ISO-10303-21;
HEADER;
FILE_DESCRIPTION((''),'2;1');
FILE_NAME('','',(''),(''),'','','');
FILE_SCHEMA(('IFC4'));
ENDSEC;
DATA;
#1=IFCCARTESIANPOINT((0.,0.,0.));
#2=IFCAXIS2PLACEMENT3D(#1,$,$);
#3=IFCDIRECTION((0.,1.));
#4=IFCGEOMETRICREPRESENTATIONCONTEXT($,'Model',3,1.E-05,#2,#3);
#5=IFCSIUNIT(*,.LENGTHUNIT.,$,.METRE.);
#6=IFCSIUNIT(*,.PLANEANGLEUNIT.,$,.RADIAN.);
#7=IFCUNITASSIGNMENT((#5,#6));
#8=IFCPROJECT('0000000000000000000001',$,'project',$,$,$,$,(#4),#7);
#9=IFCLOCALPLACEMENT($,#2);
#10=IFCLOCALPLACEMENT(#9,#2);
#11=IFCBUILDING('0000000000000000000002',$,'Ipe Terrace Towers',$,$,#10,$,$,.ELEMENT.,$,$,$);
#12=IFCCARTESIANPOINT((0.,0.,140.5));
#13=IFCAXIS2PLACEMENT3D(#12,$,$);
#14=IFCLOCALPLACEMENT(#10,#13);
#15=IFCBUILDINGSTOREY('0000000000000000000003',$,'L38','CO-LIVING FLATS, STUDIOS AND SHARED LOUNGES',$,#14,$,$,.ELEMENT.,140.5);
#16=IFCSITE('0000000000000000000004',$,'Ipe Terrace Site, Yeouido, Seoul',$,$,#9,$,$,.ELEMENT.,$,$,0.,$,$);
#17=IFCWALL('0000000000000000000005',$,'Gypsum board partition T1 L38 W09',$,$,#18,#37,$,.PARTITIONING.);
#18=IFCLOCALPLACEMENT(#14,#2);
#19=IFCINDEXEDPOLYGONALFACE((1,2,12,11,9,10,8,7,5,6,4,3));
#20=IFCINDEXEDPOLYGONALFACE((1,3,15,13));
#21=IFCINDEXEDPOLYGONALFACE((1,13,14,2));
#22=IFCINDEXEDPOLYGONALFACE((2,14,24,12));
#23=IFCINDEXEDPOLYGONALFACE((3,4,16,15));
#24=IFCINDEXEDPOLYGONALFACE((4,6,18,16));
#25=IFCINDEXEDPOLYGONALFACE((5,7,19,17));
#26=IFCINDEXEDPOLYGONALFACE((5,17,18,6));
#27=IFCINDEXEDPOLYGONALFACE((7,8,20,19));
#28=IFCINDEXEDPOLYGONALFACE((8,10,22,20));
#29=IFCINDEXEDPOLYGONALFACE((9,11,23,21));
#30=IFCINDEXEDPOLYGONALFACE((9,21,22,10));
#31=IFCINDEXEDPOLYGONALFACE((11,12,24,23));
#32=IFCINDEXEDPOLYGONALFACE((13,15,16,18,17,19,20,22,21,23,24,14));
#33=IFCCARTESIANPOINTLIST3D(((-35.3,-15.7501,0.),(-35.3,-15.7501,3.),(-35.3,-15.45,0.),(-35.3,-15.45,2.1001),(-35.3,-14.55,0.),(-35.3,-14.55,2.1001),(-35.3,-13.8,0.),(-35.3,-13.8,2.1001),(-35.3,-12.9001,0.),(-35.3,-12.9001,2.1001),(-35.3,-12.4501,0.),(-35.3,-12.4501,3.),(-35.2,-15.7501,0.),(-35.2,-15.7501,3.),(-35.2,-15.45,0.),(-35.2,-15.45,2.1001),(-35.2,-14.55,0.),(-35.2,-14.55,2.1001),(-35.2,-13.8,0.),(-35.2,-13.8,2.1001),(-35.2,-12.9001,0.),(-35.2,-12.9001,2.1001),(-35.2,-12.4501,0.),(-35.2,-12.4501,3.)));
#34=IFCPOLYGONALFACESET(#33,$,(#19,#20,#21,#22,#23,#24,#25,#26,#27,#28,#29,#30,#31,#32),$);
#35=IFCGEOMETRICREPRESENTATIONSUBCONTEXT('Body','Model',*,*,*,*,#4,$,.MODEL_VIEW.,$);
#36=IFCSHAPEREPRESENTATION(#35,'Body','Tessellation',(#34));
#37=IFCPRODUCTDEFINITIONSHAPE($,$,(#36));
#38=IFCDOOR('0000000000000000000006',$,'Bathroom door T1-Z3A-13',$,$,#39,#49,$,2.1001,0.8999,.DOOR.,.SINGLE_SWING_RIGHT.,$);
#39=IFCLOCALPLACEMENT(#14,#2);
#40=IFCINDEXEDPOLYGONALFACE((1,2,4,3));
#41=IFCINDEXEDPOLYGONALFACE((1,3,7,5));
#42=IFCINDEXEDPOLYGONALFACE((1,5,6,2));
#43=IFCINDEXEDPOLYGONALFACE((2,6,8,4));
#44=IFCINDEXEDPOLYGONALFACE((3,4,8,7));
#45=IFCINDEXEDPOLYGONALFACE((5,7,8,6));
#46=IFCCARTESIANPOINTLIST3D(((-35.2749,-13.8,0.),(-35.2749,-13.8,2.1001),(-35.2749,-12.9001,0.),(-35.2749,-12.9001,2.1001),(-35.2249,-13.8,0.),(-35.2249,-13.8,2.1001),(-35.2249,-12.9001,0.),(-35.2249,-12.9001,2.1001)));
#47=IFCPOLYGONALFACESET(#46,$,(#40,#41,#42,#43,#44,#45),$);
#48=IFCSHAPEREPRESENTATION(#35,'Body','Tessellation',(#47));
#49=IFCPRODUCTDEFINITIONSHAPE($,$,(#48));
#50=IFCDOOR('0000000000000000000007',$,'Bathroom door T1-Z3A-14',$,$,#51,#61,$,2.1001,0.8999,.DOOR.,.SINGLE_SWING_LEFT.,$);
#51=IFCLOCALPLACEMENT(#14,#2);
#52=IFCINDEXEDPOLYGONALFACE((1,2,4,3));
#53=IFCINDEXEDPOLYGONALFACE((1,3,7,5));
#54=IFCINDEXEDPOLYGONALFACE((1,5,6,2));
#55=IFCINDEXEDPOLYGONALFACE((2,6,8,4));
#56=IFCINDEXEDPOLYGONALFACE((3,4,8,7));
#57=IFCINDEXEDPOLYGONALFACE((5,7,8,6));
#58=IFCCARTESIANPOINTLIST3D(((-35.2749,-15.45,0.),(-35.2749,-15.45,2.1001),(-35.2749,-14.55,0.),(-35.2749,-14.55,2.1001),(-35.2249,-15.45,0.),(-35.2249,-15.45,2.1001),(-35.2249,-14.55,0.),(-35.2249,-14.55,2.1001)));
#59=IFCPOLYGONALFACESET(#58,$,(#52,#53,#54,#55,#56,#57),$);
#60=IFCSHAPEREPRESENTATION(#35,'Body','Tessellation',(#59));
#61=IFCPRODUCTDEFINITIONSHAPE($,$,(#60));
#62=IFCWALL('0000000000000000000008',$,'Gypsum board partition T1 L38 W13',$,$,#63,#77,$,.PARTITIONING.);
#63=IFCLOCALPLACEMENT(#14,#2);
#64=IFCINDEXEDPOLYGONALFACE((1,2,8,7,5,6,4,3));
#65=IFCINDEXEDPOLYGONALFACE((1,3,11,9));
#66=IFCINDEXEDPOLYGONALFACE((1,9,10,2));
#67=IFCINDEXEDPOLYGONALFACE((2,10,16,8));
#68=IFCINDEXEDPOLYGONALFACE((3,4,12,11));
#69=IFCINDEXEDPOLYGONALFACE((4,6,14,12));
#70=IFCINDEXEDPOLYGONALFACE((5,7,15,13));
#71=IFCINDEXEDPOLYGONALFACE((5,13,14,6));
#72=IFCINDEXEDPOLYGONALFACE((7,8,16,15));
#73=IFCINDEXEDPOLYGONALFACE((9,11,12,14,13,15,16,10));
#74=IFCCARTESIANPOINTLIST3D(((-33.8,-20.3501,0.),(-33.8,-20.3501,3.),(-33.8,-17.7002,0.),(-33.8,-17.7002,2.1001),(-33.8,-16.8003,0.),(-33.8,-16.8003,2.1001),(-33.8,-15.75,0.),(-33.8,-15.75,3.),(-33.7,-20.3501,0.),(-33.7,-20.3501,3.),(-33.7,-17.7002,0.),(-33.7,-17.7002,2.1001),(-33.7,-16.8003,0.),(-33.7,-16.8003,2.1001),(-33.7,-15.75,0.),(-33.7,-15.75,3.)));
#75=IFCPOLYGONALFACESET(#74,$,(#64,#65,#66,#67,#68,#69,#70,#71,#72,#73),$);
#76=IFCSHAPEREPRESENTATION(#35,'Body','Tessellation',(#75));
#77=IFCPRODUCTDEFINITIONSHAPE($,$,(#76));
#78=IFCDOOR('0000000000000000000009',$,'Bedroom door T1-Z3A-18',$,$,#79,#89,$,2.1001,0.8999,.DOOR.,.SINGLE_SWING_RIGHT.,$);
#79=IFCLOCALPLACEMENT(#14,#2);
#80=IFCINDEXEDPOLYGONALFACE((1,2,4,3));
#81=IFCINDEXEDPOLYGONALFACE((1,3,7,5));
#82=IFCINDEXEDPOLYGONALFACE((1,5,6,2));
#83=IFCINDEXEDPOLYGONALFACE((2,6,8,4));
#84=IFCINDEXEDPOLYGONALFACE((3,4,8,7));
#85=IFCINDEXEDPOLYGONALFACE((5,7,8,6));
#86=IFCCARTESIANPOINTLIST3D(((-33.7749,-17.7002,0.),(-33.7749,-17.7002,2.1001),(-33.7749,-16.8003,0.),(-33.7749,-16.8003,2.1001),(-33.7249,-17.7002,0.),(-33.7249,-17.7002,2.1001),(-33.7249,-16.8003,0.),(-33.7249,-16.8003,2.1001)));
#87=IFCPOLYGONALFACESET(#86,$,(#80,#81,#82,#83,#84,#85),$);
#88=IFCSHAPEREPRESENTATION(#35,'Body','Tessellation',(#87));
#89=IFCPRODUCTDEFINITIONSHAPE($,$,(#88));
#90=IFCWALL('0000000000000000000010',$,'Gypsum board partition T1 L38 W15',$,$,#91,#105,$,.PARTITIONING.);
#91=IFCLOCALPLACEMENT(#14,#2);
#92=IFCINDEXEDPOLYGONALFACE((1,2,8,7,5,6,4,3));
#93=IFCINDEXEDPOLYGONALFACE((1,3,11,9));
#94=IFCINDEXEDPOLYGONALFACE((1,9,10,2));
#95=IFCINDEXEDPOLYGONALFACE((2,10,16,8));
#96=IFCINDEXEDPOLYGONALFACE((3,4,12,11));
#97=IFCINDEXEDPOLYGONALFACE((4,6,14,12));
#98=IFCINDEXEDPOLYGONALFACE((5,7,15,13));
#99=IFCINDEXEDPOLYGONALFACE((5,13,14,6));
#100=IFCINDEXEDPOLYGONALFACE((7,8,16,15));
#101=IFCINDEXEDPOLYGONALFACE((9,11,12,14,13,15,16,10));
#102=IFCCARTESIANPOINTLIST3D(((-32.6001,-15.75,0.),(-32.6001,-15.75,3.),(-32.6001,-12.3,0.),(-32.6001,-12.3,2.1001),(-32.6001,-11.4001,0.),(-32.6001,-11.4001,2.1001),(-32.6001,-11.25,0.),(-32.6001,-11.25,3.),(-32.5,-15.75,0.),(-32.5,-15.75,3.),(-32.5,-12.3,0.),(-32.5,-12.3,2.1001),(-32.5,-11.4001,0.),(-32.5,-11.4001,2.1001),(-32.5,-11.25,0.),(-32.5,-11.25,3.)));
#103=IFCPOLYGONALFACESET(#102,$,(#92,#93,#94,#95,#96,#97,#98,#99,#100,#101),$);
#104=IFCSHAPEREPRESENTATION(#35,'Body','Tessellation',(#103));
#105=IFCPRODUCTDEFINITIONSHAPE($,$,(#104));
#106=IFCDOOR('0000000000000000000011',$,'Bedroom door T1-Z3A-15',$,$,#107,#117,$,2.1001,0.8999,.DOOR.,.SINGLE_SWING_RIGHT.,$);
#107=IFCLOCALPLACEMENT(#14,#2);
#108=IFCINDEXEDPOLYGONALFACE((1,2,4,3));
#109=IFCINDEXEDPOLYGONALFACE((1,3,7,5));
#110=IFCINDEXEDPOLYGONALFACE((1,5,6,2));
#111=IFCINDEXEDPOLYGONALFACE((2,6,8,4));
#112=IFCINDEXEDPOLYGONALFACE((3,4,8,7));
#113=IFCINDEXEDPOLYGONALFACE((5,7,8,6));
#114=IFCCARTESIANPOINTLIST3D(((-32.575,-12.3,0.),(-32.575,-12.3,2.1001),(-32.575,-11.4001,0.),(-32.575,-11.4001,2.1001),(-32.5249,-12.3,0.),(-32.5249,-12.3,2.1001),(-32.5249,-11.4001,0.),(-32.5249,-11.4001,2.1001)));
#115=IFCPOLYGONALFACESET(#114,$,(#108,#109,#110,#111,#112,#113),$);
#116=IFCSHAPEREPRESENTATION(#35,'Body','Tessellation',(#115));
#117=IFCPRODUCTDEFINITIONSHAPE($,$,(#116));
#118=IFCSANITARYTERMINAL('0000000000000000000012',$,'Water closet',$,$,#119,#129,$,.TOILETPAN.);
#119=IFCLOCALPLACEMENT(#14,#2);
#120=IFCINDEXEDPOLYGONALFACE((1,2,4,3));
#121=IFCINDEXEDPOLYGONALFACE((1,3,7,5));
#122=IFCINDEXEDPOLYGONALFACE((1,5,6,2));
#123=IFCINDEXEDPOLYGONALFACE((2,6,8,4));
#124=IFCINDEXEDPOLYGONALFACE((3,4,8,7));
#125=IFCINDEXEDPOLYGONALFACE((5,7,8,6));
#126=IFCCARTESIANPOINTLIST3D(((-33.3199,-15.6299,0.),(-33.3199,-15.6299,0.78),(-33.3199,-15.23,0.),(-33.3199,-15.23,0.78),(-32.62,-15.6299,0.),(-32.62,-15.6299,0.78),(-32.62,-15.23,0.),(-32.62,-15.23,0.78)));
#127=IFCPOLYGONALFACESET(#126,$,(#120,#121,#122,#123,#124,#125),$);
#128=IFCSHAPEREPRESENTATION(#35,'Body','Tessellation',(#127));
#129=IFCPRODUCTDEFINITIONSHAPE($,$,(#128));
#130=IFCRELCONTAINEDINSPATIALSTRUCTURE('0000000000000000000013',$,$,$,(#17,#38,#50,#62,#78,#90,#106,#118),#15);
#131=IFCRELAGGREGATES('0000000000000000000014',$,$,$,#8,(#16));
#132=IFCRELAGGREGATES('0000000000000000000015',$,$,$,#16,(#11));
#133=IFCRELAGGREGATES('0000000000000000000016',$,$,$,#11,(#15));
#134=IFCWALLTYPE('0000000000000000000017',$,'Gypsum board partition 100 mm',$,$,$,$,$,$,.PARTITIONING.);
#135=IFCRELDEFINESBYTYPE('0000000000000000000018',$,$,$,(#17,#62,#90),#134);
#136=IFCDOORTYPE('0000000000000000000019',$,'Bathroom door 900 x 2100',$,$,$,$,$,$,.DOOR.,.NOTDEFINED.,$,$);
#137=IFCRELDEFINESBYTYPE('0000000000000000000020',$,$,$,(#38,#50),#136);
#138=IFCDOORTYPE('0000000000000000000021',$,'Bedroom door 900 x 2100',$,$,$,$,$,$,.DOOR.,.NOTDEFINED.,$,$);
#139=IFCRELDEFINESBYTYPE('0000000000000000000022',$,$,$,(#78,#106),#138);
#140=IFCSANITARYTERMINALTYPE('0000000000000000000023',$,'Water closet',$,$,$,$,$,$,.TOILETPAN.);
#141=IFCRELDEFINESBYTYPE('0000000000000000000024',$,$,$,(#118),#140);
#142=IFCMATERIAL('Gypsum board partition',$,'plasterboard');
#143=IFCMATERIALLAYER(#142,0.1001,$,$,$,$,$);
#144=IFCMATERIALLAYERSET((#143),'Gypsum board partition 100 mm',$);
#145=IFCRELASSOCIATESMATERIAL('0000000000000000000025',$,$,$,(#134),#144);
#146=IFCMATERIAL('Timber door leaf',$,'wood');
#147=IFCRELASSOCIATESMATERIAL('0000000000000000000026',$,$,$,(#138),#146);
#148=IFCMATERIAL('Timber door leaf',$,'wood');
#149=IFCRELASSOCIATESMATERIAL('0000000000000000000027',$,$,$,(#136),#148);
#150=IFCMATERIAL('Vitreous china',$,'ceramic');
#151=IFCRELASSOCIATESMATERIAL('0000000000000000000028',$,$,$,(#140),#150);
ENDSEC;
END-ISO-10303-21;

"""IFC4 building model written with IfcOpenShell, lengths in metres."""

from ifc_helpers import new_model, si_unit, direction, frame, frame_2d, origin, origin_2d, place, context, subcontext, project, spatial, rectangle, extrude, material, layer, layer_set, type_object, element, fill, save


model = new_model("IFC4")

# Units and contexts
model_context = context("Model", 3, precision=1e-05, world=origin(), true_north=direction((0.0, 1.0)))
body_context = subcontext(model_context, "Body", "Model", "MODEL_VIEW")
ifc_project = project(units=[si_unit("LENGTHUNIT", "METRE"), si_unit("PLANEANGLEUNIT", "RADIAN")], contexts=[model_context])

# Site, building, storey
site_placement = place(None, origin())
site = spatial("IfcSite", under=ifc_project, at=site_placement, Name="Ipe Terrace Site, Yeouido, Seoul", CompositionType="ELEMENT", RefElevation=0.0)
building_placement = place(site_placement, origin())
building = spatial("IfcBuilding", under=site, at=building_placement, Name="Ipe Terrace Towers", CompositionType="ELEMENT")
storey_placement = place(building_placement, frame((0.0, 0.0, 140.5)))
storey = spatial("IfcBuildingStorey", under=building, at=storey_placement, Name="L38", Description="CO-LIVING FLATS, STUDIOS AND SHARED LOUNGES", CompositionType="ELEMENT", Elevation=140.5)

# Shared definitions
ifc_material_1 = material(Name="Gypsum board partition", Category="plasterboard")
ifc_layer_1 = layer(ifc_material_1, 0.1001)
ifc_layer_set_1 = layer_set([ifc_layer_1], Name="Gypsum board partition 100 mm")
wall_type_1 = type_object("IfcWallType", Name="Gypsum board partition 100 mm", PredefinedType="PARTITIONING", material=ifc_layer_set_1)
ifc_material_2 = material(Name="Timber door leaf", Category="wood")
door_type_1 = type_object("IfcDoorType", Name="Bedroom door 900 x 2100", OperationType="NOTDEFINED", PredefinedType="DOOR", material=ifc_material_2)

# Wall, openings, doors
wall_1_placement = place(storey_placement, frame((-35.25, -15.75, 0.0), z_axis=(0.0, 0.0, 1.0), x_axis=(0.0, 1.0, 0.0)))
wall_1 = element("IfcWall", 1, at=wall_1_placement, inside=storey, type_object=wall_type_1, Name="Gypsum board partition T1 L38 W09", PredefinedType="PARTITIONING", context=body_context, shape_type="SweptSolid", body=[
    extrude(rectangle(XDim=3.3, YDim=0.1001, at=frame_2d((1.6499, 0.0))), origin(), (0.0, 0.0, 1.0), 3.0),
])
opening_1_placement = place(wall_1_placement, frame((1.95, 0.0, 0.0)))
opening_1 = element("IfcOpeningElement", 2, at=opening_1_placement, cuts=wall_1, PredefinedType="OPENING", context=body_context, shape_type="SweptSolid", body=[
    extrude(rectangle(XDim=0.8999, YDim=2.1001, at=frame_2d((0.45, 1.05))), frame((0.0, 0.0601, 0.0), z_axis=(0.0, -1.0, 0.0), x_axis=(1.0, 0.0, 0.0)), (0.0, 0.0, 1.0), 0.1201),
])
opening_2_placement = place(wall_1_placement, frame((0.3, 0.0, 0.0)))
opening_2 = element("IfcOpeningElement", 3, at=opening_2_placement, cuts=wall_1, PredefinedType="OPENING", context=body_context, shape_type="SweptSolid", body=[
    extrude(rectangle(XDim=0.8999, YDim=2.1001, at=frame_2d((0.45, 1.05))), frame((0.0, 0.0601, 0.0), z_axis=(0.0, -1.0, 0.0), x_axis=(1.0, 0.0, 0.0)), (0.0, 0.0, 1.0), 0.1201),
])
ifc_material_3 = material(Name="Timber door leaf", Category="wood")
door_type_2 = type_object("IfcDoorType", Name="Bathroom door 900 x 2100", OperationType="NOTDEFINED", PredefinedType="DOOR", material=ifc_material_3)
door_1_placement = place(opening_1_placement, origin())
door_1 = element("IfcDoor", 4, at=door_1_placement, inside=storey, type_object=door_type_2, Name="Bathroom door T1-Z3A-13", OperationType="SINGLE_SWING_RIGHT", OverallHeight=2.1001, OverallWidth=0.8999, PredefinedType="DOOR", context=body_context, shape_type="SweptSolid", body=[
    extrude(rectangle(XDim=0.8999, YDim=2.1001, at=frame_2d((0.45, 1.05))), frame((0.0, 0.0249, 0.0), z_axis=(0.0, -1.0, 0.0), x_axis=(1.0, 0.0, 0.0)), (0.0, 0.0, 1.0), 0.05),
])
fill(opening_1, door_1)
door_2_placement = place(opening_2_placement, origin())
door_2 = element("IfcDoor", 5, at=door_2_placement, inside=storey, type_object=door_type_2, Name="Bathroom door T1-Z3A-14", OperationType="SINGLE_SWING_LEFT", OverallHeight=2.1001, OverallWidth=0.8999, PredefinedType="DOOR", context=body_context, shape_type="SweptSolid", body=[
    extrude(rectangle(XDim=0.8999, YDim=2.1001, at=frame_2d((0.45, 1.05))), frame((0.0, 0.0249, 0.0), z_axis=(0.0, -1.0, 0.0), x_axis=(1.0, 0.0, 0.0)), (0.0, 0.0, 1.0), 0.05),
])
fill(opening_2, door_2)

# Walls, openings, doors
wall_2_placement = place(storey_placement, frame((-33.75, -20.3501, 0.0), z_axis=(0.0, 0.0, 1.0), x_axis=(0.0, 1.0, 0.0)))
wall_2 = element("IfcWall", 6, at=wall_2_placement, inside=storey, type_object=wall_type_1, Name="Gypsum board partition T1 L38 W13", PredefinedType="PARTITIONING", context=body_context, shape_type="SweptSolid", body=[
    extrude(rectangle(XDim=4.6001, YDim=0.1001, at=frame_2d((2.3, 0.0))), origin(), (0.0, 0.0, 1.0), 3.0),
])
opening_3_placement = place(wall_2_placement, frame((2.6499, 0.0, 0.0)))
opening_3 = element("IfcOpeningElement", 7, at=opening_3_placement, cuts=wall_2, PredefinedType="OPENING", context=body_context, shape_type="SweptSolid", body=[
    extrude(rectangle(XDim=0.8999, YDim=2.1001, at=frame_2d((0.45, 1.05))), frame((0.0, 0.0601, 0.0), z_axis=(0.0, -1.0, 0.0), x_axis=(1.0, 0.0, 0.0)), (0.0, 0.0, 1.0), 0.1201),
])
door_3_placement = place(opening_3_placement, origin())
door_3 = element("IfcDoor", 8, at=door_3_placement, inside=storey, type_object=door_type_1, Name="Bedroom door T1-Z3A-18", OperationType="SINGLE_SWING_RIGHT", OverallHeight=2.1001, OverallWidth=0.8999, PredefinedType="DOOR", context=body_context, shape_type="SweptSolid", body=[
    extrude(rectangle(XDim=0.8999, YDim=2.1001, at=frame_2d((0.45, 1.05))), frame((0.0, 0.0249, 0.0), z_axis=(0.0, -1.0, 0.0), x_axis=(1.0, 0.0, 0.0)), (0.0, 0.0, 1.0), 0.05),
])
fill(opening_3, door_3)
wall_3_placement = place(storey_placement, frame((-32.55, -15.75, 0.0), z_axis=(0.0, 0.0, 1.0), x_axis=(0.0, 1.0, 0.0)))
wall_3 = element("IfcWall", 9, at=wall_3_placement, inside=storey, type_object=wall_type_1, Name="Gypsum board partition T1 L38 W15", PredefinedType="PARTITIONING", context=body_context, shape_type="SweptSolid", body=[
    extrude(rectangle(XDim=4.5, YDim=0.1001, at=frame_2d((2.25, 0.0))), origin(), (0.0, 0.0, 1.0), 3.0),
])
opening_4_placement = place(wall_3_placement, frame((3.45, 0.0, 0.0)))
opening_4 = element("IfcOpeningElement", 10, at=opening_4_placement, cuts=wall_3, PredefinedType="OPENING", context=body_context, shape_type="SweptSolid", body=[
    extrude(rectangle(XDim=0.8999, YDim=2.1001, at=frame_2d((0.45, 1.05))), frame((0.0, 0.0601, 0.0), z_axis=(0.0, -1.0, 0.0), x_axis=(1.0, 0.0, 0.0)), (0.0, 0.0, 1.0), 0.1201),
])
door_4_placement = place(opening_4_placement, origin())
door_4 = element("IfcDoor", 11, at=door_4_placement, inside=storey, type_object=door_type_1, Name="Bedroom door T1-Z3A-15", OperationType="SINGLE_SWING_RIGHT", OverallHeight=2.1001, OverallWidth=0.8999, PredefinedType="DOOR", context=body_context, shape_type="SweptSolid", body=[
    extrude(rectangle(XDim=0.8999, YDim=2.1001, at=frame_2d((0.45, 1.05))), frame((0.0, 0.0249, 0.0), z_axis=(0.0, -1.0, 0.0), x_axis=(1.0, 0.0, 0.0)), (0.0, 0.0, 1.0), 0.05),
])
fill(opening_4, door_4)

# Sanitary terminal
ifc_material_4 = material(Name="Vitreous china", Category="ceramic")
sanitary_terminal_type = type_object("IfcSanitaryTerminalType", Name="Water closet", PredefinedType="TOILETPAN", material=ifc_material_4)
sanitary_terminal_placement = place(storey_placement, frame((-32.97, -15.4299, 0.0), z_axis=(0.0, 0.0, 1.0), x_axis=(-1.0, 0.0, 0.0)))
element("IfcSanitaryTerminal", 12, at=sanitary_terminal_placement, inside=storey, type_object=sanitary_terminal_type, Name="Water closet", PredefinedType="TOILETPAN", context=body_context, shape_type="SweptSolid", body=[
    extrude(rectangle(XDim=0.7, YDim=0.3999, at=origin_2d()), origin(), (0.0, 0.0, 1.0), 0.78),
])

save(model, "model.ifc")
